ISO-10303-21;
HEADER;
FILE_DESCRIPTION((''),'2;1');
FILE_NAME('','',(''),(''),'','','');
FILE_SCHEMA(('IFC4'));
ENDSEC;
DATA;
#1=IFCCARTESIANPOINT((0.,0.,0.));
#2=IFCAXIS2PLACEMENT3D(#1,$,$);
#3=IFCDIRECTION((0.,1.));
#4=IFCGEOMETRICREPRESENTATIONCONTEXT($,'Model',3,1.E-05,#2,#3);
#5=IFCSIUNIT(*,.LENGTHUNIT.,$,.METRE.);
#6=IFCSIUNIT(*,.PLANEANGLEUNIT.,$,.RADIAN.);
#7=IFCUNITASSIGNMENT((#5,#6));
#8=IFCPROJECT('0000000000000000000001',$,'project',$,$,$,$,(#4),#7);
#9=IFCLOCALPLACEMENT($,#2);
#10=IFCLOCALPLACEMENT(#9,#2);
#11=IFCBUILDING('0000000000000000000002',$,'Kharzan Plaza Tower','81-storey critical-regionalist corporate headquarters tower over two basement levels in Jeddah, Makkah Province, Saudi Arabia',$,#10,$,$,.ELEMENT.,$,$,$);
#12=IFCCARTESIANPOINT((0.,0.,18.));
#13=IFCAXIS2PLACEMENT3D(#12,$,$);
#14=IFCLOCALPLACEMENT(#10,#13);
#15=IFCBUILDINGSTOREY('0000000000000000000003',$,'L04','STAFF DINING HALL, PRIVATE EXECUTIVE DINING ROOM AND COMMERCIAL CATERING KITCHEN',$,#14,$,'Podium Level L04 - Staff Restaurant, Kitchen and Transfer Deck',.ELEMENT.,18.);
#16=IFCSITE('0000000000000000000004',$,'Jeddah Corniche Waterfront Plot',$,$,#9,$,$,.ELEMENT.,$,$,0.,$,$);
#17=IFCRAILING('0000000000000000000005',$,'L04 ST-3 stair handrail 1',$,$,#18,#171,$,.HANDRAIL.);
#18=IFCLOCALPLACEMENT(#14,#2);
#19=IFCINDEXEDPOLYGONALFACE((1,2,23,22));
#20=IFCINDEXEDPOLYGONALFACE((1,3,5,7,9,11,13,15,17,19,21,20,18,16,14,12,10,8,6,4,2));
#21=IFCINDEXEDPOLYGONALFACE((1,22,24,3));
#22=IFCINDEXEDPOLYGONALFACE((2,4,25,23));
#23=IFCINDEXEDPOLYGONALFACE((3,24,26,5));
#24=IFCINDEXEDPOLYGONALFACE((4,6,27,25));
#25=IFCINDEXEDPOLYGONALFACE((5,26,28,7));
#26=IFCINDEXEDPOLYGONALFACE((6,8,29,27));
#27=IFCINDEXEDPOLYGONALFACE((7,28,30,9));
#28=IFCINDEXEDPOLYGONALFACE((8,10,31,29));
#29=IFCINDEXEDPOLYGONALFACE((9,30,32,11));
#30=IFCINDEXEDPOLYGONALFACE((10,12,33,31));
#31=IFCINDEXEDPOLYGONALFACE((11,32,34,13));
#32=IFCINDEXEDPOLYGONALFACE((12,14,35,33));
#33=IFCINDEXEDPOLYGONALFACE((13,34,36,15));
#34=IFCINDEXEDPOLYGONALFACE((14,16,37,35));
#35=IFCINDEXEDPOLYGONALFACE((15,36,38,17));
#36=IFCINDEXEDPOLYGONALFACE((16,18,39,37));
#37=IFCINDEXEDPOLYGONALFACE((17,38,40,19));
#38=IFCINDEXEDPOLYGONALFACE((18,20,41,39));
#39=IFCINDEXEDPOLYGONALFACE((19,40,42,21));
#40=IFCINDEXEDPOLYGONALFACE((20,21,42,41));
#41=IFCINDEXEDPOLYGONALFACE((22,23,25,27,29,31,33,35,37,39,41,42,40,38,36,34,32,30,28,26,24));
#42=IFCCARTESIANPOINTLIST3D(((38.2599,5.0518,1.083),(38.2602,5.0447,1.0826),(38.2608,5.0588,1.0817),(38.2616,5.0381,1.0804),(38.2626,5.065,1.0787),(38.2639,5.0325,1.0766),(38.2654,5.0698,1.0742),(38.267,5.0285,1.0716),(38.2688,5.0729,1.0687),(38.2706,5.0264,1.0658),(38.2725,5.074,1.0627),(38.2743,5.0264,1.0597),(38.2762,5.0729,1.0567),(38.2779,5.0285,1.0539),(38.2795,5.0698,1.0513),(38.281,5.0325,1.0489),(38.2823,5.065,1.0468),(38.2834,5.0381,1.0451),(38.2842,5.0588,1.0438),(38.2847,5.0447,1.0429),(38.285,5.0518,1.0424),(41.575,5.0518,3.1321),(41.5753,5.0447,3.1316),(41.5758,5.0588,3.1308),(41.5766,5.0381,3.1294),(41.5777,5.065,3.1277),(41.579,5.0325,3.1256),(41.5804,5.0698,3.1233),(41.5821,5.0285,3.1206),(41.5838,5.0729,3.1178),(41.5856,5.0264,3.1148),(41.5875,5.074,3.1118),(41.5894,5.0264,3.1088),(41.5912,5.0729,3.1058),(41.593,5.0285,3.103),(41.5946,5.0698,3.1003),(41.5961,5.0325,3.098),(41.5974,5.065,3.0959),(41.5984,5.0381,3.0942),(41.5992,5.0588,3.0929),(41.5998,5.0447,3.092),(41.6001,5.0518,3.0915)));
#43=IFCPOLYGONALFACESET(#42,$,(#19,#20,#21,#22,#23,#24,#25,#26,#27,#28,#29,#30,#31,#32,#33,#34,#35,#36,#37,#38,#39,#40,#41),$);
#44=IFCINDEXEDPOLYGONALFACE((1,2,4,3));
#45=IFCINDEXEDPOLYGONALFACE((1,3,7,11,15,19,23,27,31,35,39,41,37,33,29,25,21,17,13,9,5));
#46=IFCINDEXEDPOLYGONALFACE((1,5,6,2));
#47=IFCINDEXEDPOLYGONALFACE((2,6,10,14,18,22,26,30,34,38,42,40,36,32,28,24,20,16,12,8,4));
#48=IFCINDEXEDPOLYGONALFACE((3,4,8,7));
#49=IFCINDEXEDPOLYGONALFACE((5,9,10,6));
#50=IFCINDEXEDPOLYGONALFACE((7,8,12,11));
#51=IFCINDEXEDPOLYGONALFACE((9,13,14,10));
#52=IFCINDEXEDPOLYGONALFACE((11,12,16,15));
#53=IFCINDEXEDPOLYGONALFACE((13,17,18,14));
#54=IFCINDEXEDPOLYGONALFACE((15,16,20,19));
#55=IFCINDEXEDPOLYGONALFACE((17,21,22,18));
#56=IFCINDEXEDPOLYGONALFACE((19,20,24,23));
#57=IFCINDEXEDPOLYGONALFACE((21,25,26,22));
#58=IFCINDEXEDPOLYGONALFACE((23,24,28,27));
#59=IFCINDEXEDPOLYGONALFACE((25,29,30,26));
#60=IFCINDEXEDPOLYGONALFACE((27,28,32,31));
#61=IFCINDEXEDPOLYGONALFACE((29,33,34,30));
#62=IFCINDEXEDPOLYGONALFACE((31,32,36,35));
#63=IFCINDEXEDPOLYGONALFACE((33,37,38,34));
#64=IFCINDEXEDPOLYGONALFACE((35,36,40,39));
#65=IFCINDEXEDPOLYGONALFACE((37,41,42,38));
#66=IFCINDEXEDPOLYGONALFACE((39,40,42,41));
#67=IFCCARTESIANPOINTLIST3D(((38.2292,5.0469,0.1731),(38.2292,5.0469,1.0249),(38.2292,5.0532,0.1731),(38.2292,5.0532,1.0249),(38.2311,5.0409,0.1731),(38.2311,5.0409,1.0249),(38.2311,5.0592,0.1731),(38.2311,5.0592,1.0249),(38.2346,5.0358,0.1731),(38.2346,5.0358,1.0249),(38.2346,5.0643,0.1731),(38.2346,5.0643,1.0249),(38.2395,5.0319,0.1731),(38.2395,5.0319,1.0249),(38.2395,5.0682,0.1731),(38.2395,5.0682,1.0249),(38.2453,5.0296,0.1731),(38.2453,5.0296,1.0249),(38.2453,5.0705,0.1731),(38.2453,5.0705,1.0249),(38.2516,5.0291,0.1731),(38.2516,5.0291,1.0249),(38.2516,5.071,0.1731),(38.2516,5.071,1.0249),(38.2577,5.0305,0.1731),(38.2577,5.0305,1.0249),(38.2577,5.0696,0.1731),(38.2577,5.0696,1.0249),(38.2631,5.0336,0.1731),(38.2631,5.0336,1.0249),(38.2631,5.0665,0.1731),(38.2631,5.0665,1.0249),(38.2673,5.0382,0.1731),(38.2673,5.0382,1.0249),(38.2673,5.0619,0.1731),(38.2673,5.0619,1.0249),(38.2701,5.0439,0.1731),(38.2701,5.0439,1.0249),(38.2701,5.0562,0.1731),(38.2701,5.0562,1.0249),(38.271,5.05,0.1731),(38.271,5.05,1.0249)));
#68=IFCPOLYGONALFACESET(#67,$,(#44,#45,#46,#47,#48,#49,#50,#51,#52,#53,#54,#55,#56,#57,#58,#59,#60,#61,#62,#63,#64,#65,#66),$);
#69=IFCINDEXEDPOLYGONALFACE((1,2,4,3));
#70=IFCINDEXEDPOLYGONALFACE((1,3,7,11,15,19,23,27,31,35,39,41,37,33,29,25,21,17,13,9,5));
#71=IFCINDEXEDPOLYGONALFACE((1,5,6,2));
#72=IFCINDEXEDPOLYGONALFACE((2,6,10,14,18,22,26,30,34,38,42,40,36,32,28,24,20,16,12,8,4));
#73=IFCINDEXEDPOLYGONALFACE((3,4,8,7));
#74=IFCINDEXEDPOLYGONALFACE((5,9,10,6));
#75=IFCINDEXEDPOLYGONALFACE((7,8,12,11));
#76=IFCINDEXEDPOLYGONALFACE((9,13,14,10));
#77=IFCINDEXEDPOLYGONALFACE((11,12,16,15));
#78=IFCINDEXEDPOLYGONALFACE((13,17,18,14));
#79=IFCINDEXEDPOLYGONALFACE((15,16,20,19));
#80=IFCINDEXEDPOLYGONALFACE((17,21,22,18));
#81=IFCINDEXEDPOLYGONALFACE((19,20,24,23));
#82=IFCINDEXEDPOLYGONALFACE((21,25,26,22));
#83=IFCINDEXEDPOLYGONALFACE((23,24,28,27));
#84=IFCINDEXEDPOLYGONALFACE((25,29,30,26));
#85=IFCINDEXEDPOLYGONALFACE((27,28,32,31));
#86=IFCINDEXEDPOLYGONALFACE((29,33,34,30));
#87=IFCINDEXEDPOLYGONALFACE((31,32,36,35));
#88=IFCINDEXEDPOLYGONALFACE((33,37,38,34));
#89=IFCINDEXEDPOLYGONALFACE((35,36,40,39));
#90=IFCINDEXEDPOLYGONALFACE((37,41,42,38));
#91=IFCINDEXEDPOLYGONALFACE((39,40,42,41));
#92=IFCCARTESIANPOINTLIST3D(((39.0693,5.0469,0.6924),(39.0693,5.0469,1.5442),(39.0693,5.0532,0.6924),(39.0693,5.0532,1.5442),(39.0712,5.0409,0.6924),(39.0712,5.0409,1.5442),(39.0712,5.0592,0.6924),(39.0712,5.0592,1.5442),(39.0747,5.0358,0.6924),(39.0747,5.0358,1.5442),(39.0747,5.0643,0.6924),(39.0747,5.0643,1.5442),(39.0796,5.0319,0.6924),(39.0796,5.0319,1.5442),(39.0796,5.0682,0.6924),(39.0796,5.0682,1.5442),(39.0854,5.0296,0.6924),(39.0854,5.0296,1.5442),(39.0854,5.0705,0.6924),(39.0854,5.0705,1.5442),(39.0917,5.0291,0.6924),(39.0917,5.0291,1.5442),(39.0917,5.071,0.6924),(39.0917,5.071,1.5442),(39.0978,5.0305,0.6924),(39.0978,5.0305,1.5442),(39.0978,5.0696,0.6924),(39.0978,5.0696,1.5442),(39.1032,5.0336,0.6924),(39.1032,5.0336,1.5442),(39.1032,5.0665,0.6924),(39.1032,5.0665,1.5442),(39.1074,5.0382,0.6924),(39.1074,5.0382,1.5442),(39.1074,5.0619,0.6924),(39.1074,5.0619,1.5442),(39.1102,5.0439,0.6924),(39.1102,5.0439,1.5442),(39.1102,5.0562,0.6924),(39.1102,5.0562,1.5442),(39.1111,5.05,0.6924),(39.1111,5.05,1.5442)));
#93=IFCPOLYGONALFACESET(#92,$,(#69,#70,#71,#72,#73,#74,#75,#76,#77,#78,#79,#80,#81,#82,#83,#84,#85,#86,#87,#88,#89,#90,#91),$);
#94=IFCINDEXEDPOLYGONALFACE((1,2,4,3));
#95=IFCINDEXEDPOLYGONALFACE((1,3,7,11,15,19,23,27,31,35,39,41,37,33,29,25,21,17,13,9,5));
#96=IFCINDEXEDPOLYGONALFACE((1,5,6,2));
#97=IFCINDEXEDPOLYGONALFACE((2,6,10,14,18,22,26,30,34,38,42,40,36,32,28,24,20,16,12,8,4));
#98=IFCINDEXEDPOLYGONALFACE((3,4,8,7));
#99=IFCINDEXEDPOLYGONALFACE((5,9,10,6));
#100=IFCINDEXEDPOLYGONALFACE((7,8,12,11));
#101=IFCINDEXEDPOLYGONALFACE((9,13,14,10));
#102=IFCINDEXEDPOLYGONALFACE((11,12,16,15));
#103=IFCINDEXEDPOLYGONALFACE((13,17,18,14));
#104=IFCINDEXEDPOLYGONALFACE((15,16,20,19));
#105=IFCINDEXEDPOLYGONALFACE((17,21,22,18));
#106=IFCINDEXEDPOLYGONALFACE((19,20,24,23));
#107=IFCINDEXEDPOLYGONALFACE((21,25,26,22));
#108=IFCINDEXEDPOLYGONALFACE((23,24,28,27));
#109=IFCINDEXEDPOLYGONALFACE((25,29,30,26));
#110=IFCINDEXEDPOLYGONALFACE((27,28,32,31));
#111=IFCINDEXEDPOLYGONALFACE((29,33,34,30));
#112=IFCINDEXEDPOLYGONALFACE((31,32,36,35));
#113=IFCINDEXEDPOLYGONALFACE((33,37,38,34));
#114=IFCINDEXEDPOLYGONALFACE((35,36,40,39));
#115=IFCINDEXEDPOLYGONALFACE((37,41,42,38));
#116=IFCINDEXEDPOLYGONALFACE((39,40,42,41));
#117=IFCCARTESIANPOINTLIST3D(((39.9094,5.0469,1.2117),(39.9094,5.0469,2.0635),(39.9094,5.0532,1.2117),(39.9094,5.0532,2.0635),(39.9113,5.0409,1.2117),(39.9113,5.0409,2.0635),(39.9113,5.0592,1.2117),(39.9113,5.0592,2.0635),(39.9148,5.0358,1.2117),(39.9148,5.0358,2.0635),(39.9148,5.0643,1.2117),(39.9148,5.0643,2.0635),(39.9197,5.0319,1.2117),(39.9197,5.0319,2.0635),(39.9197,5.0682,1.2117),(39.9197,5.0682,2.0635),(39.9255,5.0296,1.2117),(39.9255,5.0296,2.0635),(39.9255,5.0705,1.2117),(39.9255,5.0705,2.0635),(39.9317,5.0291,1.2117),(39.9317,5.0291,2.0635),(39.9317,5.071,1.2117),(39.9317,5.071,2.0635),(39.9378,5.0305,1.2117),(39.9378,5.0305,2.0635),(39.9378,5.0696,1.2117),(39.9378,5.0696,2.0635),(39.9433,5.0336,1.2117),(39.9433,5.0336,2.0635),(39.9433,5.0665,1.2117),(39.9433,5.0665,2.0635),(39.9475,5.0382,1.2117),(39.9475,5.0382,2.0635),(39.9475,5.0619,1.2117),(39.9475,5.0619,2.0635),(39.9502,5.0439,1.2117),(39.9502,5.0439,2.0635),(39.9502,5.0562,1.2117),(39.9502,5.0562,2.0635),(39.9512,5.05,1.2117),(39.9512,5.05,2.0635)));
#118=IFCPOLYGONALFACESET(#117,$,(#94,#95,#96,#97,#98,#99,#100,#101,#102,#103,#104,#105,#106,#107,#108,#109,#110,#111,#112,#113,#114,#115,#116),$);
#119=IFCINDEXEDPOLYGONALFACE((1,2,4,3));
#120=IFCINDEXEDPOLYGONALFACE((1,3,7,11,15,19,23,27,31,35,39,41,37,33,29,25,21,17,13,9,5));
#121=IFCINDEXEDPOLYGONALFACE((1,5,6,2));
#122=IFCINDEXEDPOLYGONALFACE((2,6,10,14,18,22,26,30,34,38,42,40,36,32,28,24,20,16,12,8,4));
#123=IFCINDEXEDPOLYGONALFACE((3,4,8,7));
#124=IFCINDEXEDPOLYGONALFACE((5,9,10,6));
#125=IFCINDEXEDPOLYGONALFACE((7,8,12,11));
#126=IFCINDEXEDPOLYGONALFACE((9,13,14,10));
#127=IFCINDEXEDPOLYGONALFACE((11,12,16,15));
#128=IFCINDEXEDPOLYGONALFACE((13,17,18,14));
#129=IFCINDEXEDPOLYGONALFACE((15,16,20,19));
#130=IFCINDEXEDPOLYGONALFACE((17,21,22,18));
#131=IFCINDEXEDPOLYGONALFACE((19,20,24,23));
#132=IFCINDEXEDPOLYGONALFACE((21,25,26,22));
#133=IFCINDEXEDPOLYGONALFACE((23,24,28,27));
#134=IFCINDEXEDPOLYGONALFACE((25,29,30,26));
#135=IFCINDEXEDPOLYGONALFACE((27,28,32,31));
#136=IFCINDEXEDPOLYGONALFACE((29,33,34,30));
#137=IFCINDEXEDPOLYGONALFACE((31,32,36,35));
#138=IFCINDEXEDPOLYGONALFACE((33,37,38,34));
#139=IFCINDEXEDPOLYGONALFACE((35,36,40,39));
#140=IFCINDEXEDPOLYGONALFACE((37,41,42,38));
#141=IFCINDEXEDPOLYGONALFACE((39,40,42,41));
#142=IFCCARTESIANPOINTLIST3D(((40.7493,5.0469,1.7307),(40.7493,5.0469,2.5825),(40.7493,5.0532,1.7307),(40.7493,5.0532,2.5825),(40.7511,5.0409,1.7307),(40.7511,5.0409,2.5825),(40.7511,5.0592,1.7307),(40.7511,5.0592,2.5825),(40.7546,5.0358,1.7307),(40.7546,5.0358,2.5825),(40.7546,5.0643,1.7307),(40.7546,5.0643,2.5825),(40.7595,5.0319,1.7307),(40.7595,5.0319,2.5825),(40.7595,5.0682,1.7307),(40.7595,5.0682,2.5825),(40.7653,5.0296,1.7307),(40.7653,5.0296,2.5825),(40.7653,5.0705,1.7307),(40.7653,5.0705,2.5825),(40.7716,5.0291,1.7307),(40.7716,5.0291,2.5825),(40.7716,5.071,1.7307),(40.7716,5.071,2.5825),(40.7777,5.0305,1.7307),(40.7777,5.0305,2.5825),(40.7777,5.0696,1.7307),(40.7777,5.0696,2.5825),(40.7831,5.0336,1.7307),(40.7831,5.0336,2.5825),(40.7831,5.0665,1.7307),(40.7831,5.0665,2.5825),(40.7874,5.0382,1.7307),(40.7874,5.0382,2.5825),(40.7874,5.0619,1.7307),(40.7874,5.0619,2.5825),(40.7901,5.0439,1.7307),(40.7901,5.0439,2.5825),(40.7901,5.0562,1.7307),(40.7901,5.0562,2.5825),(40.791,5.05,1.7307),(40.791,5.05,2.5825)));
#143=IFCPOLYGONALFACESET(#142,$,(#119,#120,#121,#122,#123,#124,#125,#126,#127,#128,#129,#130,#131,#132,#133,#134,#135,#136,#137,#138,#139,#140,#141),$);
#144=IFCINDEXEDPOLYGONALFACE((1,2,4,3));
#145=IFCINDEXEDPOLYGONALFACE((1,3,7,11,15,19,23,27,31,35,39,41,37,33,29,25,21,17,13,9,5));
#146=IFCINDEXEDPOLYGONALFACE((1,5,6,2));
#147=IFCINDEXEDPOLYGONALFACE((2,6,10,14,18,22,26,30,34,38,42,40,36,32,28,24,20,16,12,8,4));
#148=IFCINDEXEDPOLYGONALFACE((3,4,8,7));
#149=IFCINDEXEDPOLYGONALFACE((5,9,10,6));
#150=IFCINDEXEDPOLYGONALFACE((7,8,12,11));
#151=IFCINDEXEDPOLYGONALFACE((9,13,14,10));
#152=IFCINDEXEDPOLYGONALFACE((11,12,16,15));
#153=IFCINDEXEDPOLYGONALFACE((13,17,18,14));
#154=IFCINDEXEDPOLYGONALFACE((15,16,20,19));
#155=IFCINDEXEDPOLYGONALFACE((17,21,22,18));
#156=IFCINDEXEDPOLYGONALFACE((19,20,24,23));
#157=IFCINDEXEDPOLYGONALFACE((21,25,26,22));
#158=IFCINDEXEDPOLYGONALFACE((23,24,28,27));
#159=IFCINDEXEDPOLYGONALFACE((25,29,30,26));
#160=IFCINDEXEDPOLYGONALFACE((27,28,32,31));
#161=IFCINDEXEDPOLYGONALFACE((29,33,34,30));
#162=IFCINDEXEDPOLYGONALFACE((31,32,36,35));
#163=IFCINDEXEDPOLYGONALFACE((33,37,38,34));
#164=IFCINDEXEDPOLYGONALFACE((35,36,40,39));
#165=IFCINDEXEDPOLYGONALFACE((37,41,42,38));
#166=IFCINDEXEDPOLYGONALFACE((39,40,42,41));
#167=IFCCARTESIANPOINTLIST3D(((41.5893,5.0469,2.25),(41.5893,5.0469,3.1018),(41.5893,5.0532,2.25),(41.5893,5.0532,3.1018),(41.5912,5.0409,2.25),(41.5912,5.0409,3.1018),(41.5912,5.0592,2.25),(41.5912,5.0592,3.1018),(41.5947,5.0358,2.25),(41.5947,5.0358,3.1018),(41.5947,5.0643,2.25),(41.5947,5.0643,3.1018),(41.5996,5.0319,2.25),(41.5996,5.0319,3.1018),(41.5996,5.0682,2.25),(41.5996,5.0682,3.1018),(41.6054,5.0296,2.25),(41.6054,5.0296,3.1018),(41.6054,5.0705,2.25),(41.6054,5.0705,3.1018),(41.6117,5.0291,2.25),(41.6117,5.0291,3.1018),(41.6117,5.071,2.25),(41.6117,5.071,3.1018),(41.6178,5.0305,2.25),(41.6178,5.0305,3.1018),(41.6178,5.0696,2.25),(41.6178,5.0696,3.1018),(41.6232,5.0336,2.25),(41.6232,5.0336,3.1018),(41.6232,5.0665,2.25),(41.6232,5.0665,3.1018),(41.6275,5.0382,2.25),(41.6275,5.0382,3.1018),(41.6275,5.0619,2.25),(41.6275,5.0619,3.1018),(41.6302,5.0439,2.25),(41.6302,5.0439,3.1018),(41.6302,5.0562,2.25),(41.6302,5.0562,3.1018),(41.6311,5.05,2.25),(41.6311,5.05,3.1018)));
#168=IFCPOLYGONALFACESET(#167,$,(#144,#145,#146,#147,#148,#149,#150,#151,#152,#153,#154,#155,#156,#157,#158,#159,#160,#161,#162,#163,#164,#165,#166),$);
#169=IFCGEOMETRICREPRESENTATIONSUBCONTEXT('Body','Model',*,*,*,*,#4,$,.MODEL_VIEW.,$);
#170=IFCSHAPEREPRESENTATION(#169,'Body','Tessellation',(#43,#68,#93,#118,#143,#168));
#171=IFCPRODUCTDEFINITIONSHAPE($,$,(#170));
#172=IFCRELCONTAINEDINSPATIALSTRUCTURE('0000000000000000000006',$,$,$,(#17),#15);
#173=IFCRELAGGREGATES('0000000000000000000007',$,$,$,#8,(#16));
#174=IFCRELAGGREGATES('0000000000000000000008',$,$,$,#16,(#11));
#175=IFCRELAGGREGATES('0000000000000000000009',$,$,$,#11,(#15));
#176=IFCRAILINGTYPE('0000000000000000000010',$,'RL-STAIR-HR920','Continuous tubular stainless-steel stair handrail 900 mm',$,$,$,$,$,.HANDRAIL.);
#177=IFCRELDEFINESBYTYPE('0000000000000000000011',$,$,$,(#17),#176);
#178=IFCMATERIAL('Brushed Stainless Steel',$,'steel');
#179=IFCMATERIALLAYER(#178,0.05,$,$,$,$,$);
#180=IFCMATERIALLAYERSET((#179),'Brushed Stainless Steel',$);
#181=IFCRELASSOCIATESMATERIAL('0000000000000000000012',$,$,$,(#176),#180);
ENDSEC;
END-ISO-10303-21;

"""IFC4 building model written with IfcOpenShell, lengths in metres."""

from ifc_helpers import new_model, si_unit, direction, frame, origin, origin_2d, place, context, subcontext, project, spatial, circle, extrude, source, transform, mapped, material, layer, layer_set, type_object, element, save


model = new_model("IFC4")

# Units and contexts
model_context = context("Model", 3, precision=1e-05, world=origin(), true_north=direction((0.0, 1.0)))
body_context = subcontext(model_context, "Body", "Model", "MODEL_VIEW")
ifc_project = project(units=[si_unit("LENGTHUNIT", "METRE"), si_unit("PLANEANGLEUNIT", "RADIAN")], contexts=[model_context])

# Site, building, storey
site_placement = place(None, origin())
site = spatial("IfcSite", under=ifc_project, at=site_placement, Name="Jeddah Corniche Waterfront Plot", CompositionType="ELEMENT", RefElevation=0.0)
building_placement = place(site_placement, origin())
building = spatial("IfcBuilding", under=site, at=building_placement, Name="Kharzan Plaza Tower", Description="81-storey critical-regionalist corporate headquarters tower over two basement levels in Jeddah, Makkah Province, Saudi Arabia", CompositionType="ELEMENT")
storey_placement = place(building_placement, frame((0.0, 0.0, 18.0)))
storey = spatial("IfcBuildingStorey", under=building, at=storey_placement, Name="L04", Description="STAFF DINING HALL, PRIVATE EXECUTIVE DINING ROOM AND COMMERCIAL CATERING KITCHEN", LongName="Podium Level L04 - Staff Restaurant, Kitchen and Transfer Deck", CompositionType="ELEMENT", Elevation=18.0)

# Railing
ifc_material_1 = material(Name="Brushed Stainless Steel", Category="steel")
ifc_layer_1 = layer(ifc_material_1, 0.05)
ifc_layer_set_1 = layer_set([ifc_layer_1], Name="Brushed Stainless Steel")
railing_type_1 = type_object("IfcRailingType", Name="RL-STAIR-HR920", Description="Continuous tubular stainless-steel stair handrail 900 mm", PredefinedType="HANDRAIL", material=ifc_layer_set_1)
shared_shape_1 = source(origin(), body_context, "Body", "SweptSolid", [
    extrude(circle(Radius=0.0239, at=origin_2d()), frame((0.0225, 0.0, 0.8896), z_axis=(0.850623, 0.0, 0.525776), x_axis=(0.0, 1.0, 0.0)), (0.0, 0.0, 1.0), 3.8972),
    extrude(circle(Radius=0.021, at=origin_2d()), origin(), (0.0, 0.0, 1.0), 0.8518),
    extrude(circle(Radius=0.021, at=origin_2d()), frame((0.8401, 0.0, 0.5193)), (0.0, 0.0, 1.0), 0.8518),
    extrude(circle(Radius=0.021, at=origin_2d()), frame((1.6802, 0.0, 1.0386)), (0.0, 0.0, 1.0), 0.8518),
    extrude(circle(Radius=0.021, at=origin_2d()), frame((2.52, 0.0, 1.5576)), (0.0, 0.0, 1.0), 0.8518),
    extrude(circle(Radius=0.021, at=origin_2d()), frame((3.3601, 0.0, 2.0769)), (0.0, 0.0, 1.0), 0.8518),
])
railing_1_placement = place(storey_placement, frame((38.25, 5.05, 0.1731)))
element("IfcRailing", 1, at=railing_1_placement, inside=storey, type_object=railing_type_1, Name="L04 ST-3 stair handrail 1", PredefinedType="HANDRAIL", context=body_context, shape_type="MappedRepresentation", body=[
    mapped(shared_shape_1, transform((0.0, 0.0, 0.0), x_axis=(1.0, 0.0, 0.0), y_axis=(0.0, 1.0, 0.0), z_axis=(0.0, 0.0, 1.0))),
])

save(model, "model.ifc")
